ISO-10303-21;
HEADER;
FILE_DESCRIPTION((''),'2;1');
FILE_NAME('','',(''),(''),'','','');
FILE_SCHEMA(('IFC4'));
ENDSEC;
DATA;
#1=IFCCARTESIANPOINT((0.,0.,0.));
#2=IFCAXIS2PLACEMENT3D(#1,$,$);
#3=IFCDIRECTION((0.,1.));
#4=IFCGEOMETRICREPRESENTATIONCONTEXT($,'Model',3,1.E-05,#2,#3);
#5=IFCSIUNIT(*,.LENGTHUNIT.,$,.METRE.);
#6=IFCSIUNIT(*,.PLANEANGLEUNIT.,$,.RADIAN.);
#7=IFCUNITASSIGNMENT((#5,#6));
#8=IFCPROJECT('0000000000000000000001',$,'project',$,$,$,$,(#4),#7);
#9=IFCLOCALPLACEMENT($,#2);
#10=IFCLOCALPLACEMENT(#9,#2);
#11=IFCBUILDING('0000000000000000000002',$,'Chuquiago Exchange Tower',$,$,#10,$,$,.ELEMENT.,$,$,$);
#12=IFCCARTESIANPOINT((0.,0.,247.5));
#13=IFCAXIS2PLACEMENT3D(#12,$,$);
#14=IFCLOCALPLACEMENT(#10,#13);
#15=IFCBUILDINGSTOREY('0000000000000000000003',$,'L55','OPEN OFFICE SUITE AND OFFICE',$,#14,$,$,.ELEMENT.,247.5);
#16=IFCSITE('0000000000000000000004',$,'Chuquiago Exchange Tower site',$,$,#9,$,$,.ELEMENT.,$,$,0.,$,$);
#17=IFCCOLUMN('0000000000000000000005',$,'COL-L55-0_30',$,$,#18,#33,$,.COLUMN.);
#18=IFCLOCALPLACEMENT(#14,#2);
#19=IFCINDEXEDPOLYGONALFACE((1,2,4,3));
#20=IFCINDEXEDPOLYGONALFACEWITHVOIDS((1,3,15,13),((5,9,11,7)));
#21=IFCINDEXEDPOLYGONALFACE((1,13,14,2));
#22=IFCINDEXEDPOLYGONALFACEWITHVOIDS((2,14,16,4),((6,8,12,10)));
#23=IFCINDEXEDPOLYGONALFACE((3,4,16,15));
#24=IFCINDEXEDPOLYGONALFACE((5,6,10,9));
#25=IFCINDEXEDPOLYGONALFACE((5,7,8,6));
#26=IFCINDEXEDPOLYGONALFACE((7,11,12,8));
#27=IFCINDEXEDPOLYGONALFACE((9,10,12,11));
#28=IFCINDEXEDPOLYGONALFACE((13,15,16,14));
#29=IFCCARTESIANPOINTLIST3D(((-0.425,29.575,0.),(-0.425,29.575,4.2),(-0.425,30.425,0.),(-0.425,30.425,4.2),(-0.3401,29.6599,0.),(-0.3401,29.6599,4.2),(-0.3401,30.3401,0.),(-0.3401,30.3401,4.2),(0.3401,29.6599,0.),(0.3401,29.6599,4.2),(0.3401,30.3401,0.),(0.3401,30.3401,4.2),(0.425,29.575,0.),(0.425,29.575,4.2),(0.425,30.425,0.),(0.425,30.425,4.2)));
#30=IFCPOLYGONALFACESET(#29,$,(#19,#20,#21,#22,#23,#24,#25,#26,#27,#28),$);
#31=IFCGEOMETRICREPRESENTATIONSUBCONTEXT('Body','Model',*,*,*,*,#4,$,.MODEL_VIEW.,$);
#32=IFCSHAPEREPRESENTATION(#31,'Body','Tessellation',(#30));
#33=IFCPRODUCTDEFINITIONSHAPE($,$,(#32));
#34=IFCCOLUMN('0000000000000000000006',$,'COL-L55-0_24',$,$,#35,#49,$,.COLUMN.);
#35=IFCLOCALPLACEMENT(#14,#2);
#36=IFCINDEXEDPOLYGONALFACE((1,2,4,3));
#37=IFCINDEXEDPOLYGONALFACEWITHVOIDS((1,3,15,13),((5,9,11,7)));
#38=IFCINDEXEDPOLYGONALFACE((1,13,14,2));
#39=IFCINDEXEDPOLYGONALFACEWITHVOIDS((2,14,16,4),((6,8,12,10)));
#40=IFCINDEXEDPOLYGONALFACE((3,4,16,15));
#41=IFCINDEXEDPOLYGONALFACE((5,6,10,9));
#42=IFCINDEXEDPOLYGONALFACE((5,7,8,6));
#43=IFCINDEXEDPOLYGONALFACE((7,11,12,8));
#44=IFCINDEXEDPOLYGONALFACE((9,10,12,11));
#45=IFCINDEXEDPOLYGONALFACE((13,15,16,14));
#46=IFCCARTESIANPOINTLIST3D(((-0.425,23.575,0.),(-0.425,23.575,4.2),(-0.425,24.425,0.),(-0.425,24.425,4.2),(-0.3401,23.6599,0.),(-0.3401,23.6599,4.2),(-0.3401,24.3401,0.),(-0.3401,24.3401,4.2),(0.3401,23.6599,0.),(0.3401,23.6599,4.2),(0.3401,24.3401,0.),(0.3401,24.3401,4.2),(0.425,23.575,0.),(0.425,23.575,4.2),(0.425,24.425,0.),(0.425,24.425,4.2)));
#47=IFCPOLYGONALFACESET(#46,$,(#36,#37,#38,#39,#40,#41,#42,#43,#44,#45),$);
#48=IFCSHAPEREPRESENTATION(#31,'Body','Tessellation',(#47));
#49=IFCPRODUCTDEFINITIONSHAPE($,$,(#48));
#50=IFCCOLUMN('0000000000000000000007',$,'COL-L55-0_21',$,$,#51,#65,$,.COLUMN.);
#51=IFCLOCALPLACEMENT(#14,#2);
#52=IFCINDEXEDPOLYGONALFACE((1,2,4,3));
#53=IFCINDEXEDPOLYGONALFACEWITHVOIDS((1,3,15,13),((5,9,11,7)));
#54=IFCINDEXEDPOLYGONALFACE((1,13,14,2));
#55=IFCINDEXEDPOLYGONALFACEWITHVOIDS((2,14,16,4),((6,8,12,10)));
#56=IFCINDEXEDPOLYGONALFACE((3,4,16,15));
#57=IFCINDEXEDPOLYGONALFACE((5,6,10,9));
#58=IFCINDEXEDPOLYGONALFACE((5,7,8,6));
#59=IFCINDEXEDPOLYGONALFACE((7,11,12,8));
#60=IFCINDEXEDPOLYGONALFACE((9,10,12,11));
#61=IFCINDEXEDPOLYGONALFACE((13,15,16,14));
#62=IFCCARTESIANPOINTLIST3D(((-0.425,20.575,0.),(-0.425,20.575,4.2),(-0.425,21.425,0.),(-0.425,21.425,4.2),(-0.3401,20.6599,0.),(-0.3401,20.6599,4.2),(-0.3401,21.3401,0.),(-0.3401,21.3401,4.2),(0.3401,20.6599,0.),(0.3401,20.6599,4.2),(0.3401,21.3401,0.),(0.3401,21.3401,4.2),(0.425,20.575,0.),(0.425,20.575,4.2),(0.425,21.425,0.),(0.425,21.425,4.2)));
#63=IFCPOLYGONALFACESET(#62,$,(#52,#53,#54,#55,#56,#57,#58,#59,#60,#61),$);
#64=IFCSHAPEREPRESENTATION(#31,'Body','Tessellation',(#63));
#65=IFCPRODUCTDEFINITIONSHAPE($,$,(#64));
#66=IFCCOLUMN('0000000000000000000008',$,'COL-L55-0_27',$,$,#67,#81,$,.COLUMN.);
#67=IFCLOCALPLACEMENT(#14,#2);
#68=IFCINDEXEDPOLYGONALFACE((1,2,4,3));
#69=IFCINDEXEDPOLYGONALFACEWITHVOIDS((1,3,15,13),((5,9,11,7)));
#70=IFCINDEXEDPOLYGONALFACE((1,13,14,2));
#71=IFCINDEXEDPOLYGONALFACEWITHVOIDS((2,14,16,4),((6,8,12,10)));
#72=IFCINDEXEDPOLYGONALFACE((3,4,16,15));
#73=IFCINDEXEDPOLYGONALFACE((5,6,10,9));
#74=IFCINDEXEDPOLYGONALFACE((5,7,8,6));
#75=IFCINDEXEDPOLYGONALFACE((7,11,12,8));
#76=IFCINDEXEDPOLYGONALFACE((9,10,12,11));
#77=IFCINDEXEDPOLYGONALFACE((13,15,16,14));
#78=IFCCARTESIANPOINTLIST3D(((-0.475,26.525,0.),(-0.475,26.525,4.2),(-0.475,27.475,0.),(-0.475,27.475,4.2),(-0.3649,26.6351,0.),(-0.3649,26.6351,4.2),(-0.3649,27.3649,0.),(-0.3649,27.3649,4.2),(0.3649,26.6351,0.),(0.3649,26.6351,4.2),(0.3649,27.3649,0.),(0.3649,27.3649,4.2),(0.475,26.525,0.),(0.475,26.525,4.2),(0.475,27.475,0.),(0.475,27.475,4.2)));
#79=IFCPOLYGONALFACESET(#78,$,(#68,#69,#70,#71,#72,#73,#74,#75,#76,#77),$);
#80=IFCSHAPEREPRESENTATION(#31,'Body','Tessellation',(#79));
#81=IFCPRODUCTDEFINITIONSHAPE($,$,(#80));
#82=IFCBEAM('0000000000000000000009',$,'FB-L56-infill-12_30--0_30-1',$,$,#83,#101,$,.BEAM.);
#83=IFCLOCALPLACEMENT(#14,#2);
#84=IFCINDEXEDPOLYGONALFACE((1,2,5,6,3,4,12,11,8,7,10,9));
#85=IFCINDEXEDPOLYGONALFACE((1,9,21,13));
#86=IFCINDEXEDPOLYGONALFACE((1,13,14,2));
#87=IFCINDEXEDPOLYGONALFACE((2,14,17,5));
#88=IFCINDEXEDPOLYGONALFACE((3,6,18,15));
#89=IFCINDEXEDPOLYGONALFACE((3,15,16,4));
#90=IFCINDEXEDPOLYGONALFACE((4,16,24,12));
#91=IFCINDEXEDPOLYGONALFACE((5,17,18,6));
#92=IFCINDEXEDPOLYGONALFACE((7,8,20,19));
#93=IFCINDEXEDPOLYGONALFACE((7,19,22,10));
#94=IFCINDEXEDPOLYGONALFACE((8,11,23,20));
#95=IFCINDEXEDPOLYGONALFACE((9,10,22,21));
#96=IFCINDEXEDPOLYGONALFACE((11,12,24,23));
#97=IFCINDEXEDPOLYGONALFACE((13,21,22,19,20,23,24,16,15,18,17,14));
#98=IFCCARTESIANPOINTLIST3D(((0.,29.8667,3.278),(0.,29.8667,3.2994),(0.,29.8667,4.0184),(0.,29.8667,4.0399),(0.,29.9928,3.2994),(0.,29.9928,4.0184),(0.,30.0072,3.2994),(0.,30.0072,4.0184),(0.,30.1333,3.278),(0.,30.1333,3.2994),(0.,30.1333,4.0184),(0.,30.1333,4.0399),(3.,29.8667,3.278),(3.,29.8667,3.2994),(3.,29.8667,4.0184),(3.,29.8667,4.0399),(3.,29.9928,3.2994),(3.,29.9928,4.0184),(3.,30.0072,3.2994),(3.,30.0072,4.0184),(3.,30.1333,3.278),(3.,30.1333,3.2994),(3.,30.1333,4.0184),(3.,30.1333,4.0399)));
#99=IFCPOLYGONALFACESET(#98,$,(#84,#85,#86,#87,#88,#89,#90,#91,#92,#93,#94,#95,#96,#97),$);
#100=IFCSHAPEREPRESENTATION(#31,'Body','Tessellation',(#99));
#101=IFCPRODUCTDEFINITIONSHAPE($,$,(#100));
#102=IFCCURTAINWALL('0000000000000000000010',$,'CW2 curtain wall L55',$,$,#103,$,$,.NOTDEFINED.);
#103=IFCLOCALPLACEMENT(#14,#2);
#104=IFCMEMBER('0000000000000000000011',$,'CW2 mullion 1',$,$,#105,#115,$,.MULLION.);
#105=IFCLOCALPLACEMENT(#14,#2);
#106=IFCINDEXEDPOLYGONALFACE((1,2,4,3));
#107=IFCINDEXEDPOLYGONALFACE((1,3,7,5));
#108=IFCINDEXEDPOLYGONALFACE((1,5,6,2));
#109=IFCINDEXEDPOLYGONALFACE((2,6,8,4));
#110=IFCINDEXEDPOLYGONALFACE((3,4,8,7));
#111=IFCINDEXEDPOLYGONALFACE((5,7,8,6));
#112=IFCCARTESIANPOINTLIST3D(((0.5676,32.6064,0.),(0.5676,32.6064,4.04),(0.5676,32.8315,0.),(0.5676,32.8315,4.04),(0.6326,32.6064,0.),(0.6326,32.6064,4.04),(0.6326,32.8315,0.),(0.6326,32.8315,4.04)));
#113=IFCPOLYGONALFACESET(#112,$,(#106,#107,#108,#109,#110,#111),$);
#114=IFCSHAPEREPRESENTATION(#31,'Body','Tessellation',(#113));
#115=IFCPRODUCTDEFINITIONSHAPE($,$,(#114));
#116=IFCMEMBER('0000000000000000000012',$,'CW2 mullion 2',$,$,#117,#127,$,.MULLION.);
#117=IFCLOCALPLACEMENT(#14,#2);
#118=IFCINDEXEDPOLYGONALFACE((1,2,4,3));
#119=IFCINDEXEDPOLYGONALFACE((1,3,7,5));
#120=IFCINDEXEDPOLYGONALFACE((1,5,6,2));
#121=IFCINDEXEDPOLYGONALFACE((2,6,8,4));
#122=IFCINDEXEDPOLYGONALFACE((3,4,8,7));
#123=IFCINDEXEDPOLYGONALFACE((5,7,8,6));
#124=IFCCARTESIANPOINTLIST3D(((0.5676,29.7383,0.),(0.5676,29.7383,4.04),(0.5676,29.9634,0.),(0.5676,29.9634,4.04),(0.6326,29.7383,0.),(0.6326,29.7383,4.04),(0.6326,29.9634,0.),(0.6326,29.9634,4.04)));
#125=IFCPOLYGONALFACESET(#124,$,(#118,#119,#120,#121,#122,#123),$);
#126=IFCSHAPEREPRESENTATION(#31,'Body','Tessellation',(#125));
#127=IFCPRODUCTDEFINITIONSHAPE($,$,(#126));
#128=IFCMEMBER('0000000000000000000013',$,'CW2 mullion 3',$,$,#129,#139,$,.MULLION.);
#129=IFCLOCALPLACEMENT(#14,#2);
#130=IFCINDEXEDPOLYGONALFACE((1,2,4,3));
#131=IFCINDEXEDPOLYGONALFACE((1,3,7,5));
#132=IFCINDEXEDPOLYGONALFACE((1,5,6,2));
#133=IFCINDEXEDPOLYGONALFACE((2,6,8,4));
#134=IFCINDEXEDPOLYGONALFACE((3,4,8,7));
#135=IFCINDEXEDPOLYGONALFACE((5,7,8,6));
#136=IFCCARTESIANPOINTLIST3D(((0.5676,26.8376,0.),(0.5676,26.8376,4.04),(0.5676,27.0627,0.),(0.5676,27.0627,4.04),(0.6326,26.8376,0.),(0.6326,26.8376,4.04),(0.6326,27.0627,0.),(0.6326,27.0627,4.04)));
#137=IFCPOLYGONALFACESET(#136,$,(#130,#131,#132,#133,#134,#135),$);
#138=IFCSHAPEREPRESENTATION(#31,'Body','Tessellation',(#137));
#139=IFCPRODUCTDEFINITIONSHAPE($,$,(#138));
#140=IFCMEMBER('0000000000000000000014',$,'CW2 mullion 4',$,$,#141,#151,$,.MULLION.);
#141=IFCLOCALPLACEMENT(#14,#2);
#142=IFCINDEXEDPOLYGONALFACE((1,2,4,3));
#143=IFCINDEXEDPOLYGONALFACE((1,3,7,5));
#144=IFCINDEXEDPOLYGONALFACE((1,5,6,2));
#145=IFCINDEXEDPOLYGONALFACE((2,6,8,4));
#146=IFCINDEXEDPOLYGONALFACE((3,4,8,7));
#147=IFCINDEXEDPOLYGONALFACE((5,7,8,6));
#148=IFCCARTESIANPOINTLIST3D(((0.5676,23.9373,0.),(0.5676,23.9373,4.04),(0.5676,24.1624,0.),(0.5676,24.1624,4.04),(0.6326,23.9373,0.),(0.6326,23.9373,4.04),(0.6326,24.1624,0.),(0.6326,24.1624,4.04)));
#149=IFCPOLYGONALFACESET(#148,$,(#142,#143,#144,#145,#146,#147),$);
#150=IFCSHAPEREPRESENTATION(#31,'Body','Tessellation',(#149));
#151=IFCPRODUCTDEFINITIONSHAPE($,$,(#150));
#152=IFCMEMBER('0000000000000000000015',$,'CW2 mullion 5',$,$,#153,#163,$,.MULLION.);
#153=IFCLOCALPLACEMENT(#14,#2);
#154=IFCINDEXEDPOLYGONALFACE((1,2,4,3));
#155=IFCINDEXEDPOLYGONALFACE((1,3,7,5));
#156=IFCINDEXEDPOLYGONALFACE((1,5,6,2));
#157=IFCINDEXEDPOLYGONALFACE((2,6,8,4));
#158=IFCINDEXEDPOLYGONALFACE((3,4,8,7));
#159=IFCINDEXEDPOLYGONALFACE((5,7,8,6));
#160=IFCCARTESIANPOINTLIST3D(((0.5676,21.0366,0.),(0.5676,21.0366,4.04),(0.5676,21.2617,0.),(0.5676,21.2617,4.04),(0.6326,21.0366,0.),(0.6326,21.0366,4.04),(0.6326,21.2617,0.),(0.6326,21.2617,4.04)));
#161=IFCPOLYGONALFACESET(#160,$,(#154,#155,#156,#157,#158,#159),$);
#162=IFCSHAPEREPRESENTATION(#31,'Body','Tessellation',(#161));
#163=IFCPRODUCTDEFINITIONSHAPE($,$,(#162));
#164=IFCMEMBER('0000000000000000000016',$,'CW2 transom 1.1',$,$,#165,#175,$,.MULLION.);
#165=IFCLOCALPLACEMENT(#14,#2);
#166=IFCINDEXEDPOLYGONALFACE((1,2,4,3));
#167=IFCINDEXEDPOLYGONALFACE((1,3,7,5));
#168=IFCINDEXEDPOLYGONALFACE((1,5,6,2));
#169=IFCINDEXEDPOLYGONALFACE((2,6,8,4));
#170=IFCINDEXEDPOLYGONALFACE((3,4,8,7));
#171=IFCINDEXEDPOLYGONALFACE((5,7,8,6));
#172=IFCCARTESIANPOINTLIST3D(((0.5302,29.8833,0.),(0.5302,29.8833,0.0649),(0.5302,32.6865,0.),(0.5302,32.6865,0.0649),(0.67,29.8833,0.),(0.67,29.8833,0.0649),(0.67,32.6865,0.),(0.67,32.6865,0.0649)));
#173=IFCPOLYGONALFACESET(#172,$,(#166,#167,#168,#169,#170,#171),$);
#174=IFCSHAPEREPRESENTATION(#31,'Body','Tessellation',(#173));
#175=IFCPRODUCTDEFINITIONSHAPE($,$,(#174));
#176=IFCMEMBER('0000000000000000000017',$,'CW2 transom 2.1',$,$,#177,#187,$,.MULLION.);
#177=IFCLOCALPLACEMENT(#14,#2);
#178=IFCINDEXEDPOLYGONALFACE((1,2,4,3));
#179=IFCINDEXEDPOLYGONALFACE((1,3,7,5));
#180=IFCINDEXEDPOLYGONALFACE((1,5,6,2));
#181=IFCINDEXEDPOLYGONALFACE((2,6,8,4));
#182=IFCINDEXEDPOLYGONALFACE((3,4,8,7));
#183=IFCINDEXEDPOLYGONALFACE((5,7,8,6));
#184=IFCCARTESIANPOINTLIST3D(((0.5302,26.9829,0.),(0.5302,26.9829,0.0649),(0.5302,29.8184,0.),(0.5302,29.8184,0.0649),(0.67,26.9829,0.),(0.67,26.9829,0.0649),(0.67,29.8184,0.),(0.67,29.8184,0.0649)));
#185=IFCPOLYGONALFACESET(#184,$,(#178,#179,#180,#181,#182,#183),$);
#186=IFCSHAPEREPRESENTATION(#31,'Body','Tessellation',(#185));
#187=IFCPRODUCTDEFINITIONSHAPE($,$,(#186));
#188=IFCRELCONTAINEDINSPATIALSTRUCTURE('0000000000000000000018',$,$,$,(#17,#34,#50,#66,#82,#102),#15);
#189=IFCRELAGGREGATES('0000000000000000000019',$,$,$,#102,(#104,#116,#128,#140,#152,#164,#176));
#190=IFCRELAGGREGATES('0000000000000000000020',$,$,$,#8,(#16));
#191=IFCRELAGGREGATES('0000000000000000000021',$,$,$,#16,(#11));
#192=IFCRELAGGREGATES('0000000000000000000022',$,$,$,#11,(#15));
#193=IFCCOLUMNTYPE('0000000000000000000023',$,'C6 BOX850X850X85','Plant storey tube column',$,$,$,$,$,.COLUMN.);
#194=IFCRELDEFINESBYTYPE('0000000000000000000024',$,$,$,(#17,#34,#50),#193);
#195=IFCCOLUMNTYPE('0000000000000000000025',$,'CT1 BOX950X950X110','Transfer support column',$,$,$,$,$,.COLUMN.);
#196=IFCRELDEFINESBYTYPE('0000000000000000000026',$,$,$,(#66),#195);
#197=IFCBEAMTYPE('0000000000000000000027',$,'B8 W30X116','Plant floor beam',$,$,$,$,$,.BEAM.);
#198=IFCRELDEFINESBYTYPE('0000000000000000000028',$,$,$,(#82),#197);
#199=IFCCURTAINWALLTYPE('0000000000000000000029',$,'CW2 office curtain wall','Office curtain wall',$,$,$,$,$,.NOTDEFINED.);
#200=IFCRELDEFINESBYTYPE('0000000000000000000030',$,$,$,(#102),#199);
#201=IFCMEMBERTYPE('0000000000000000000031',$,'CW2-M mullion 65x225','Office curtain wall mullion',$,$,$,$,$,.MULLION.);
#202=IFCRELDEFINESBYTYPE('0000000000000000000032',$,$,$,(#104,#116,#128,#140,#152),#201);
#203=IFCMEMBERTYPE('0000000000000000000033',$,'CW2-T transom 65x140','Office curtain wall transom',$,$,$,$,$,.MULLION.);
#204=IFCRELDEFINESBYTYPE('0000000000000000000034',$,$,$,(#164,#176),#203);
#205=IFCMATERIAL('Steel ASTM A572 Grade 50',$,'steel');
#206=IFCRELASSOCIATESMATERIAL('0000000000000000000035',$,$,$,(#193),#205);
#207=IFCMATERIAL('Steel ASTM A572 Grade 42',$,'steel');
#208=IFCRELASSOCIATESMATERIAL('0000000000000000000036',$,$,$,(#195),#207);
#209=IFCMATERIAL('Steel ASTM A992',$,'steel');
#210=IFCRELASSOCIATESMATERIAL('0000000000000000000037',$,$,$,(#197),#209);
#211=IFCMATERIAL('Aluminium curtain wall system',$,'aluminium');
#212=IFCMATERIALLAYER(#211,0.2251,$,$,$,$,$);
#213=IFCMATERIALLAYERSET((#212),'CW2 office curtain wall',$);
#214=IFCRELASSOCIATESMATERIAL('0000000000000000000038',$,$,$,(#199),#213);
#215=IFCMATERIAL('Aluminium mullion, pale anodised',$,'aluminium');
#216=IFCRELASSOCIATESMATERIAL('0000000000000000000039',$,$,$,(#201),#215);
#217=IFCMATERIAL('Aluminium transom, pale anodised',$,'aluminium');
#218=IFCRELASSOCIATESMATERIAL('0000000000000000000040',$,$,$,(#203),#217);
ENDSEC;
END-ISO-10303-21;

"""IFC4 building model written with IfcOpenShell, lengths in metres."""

from ifc_helpers import new_model, si_unit, direction, frame, origin, origin_2d, place, context, subcontext, project, spatial, rectangle, hollow_rectangle, i_section, extrude, material, layer, layer_set, material_profile, profile_set, type_object, element, aggregate, save


model = new_model("IFC4")

# Units and contexts
model_context = context("Model", 3, precision=1e-05, world=origin(), true_north=direction((0.0, 1.0)))
body_context = subcontext(model_context, "Body", "Model", "MODEL_VIEW")
ifc_project = project(units=[si_unit("LENGTHUNIT", "METRE"), si_unit("PLANEANGLEUNIT", "RADIAN")], contexts=[model_context])

# Site, building, storey
site_placement = place(None, origin())
site = spatial("IfcSite", under=ifc_project, at=site_placement, Name="Chuquiago Exchange Tower site", CompositionType="ELEMENT", RefElevation=0.0)
building_placement = place(site_placement, origin())
building = spatial("IfcBuilding", under=site, at=building_placement, Name="Chuquiago Exchange Tower", CompositionType="ELEMENT")
storey_placement = place(building_placement, frame((0.0, 0.0, 247.5)))
storey = spatial("IfcBuildingStorey", under=building, at=storey_placement, Name="L55", Description="OPEN OFFICE SUITE AND OFFICE", CompositionType="ELEMENT", Elevation=247.5)

# Columns
ifc_material_1 = material(Name="Steel ASTM A572 Grade 50", Category="steel")
ifc_material_profile_1 = material_profile(ifc_material_1, hollow_rectangle(XDim=0.8501, YDim=0.8501, WallThickness=0.085, at=origin_2d()), Name="BOX850X850X85")
ifc_profile_set_1 = profile_set([ifc_material_profile_1], Name="Steel ASTM A572 Grade 50")
column_type_1 = type_object("IfcColumnType", Name="C6 BOX850X850X85", Description="Plant storey tube column", PredefinedType="COLUMN", material=ifc_profile_set_1)
for number, where, z_axis, x_axis, name in (
    (1, (0.0, 30.0, 0.0), (0.0, 0.0, 1.0), (-1.0, 0.0, 0.0), "COL-L55-0_30"),
    (2, (0.0, 24.0, 0.0), (0.0, 0.0, 1.0), (-1.0, 0.0, 0.0), "COL-L55-0_24"),
    (3, (0.0, 21.0, 0.0), (0.0, 0.0, 1.0), (-1.0, 0.0, 0.0), "COL-L55-0_21"),
):
    element("IfcColumn", number, at=place(storey_placement, frame(where, z_axis=z_axis, x_axis=x_axis)), inside=storey, type_object=column_type_1, Name=name, PredefinedType="COLUMN", context=body_context, shape_type="SweptSolid", body=[
        extrude(hollow_rectangle(XDim=0.8501, YDim=0.8501, WallThickness=0.085, at=origin_2d()), origin(), (0.0, 0.0, 1.0), 4.2),
    ])
ifc_material_2 = material(Name="Steel ASTM A572 Grade 42", Category="steel")
ifc_material_profile_2 = material_profile(ifc_material_2, hollow_rectangle(XDim=0.95, YDim=0.95, WallThickness=0.1101, at=origin_2d()), Name="BOX950X950X110")
ifc_profile_set_2 = profile_set([ifc_material_profile_2], Name="Steel ASTM A572 Grade 42")
column_type_2 = type_object("IfcColumnType", Name="CT1 BOX950X950X110", Description="Transfer support column", PredefinedType="COLUMN", material=ifc_profile_set_2)
column_placement = place(storey_placement, frame((0.0, 27.0, 0.0), z_axis=(0.0, 0.0, 1.0), x_axis=(-1.0, 0.0, 0.0)))
element("IfcColumn", 4, at=column_placement, inside=storey, type_object=column_type_2, Name="COL-L55-0_27", PredefinedType="COLUMN", context=body_context, shape_type="SweptSolid", body=[
    extrude(hollow_rectangle(XDim=0.95, YDim=0.95, WallThickness=0.1101, at=origin_2d()), origin(), (0.0, 0.0, 1.0), 4.2),
])

# Beam
ifc_material_3 = material(Name="Steel ASTM A992", Category="steel")
ifc_material_profile_3 = material_profile(ifc_material_3, i_section(OverallWidth=0.2666, OverallDepth=0.762, WebThickness=0.0144, FlangeThickness=0.0215, at=origin_2d()), Name="W30X116")
ifc_profile_set_3 = profile_set([ifc_material_profile_3], Name="Steel ASTM A992")
beam_type_1 = type_object("IfcBeamType", Name="B8 W30X116", Description="Plant floor beam", PredefinedType="BEAM", material=ifc_profile_set_3)
beam_placement = place(storey_placement, frame((3.0, 30.0, 3.6589), z_axis=(-1.0, 0.0, 0.0), x_axis=(0.0, -1.0, 0.0)))
element("IfcBeam", 5, at=beam_placement, inside=storey, type_object=beam_type_1, Name="FB-L56-infill-12_30--0_30-1", PredefinedType="BEAM", context=body_context, shape_type="SweptSolid", body=[
    extrude(i_section(OverallWidth=0.2666, OverallDepth=0.762, WebThickness=0.0144, FlangeThickness=0.0215, at=origin_2d()), origin(), (0.0, 0.0, 1.0), 3.0),
])

# Curtain wall, members
ifc_material_4 = material(Name="Aluminium curtain wall system", Category="aluminium")
ifc_layer_1 = layer(ifc_material_4, 0.2251)
ifc_layer_set_1 = layer_set([ifc_layer_1], Name="CW2 office curtain wall")
curtain_wall_type = type_object("IfcCurtainWallType", Name="CW2 office curtain wall", Description="Office curtain wall", PredefinedType="NOTDEFINED", material=ifc_layer_set_1)
curtain_wall_placement = place(storey_placement, origin())
curtain_wall = element("IfcCurtainWall", 6, at=curtain_wall_placement, inside=storey, type_object=curtain_wall_type, Name="CW2 curtain wall L55", PredefinedType="NOTDEFINED")
ifc_material_5 = material(Name="Aluminium mullion, pale anodised", Category="aluminium")
ifc_material_profile_4 = material_profile(ifc_material_5, rectangle(XDim=0.0649, YDim=0.2251, at=origin_2d()), Name="AL 65x225")
ifc_profile_set_4 = profile_set([ifc_material_profile_4], Name="Aluminium mullion, pale anodised")
member_type_1 = type_object("IfcMemberType", Name="CW2-M mullion 65x225", Description="Office curtain wall mullion", PredefinedType="MULLION", material=ifc_profile_set_4)
member_1_placement = place(storey_placement, frame((0.6001, 32.719, 0.0), z_axis=(0.0, 0.0, 1.0), x_axis=(1.0, 0.0, 0.0)))
member_1 = element("IfcMember", 7, at=member_1_placement, type_object=member_type_1, Name="CW2 mullion 1", PredefinedType="MULLION", context=body_context, shape_type="SweptSolid", body=[
    extrude(rectangle(XDim=0.0649, YDim=0.2251, at=origin_2d()), origin(), (0.0, 0.0, 1.0), 4.04),
])
member_2_placement = place(storey_placement, frame((0.6001, 29.8508, 0.0), z_axis=(0.0, 0.0, 1.0), x_axis=(1.0, 0.0, 0.0)))
member_2 = element("IfcMember", 8, at=member_2_placement, type_object=member_type_1, Name="CW2 mullion 2", PredefinedType="MULLION", context=body_context, shape_type="SweptSolid", body=[
    extrude(rectangle(XDim=0.0649, YDim=0.2251, at=origin_2d()), origin(), (0.0, 0.0, 1.0), 4.04),
])
member_3_placement = place(storey_placement, frame((0.6001, 26.9502, 0.0), z_axis=(0.0, 0.0, 1.0), x_axis=(1.0, 0.0, 0.0)))
member_3 = element("IfcMember", 9, at=member_3_placement, type_object=member_type_1, Name="CW2 mullion 3", PredefinedType="MULLION", context=body_context, shape_type="SweptSolid", body=[
    extrude(rectangle(XDim=0.0649, YDim=0.2251, at=origin_2d()), origin(), (0.0, 0.0, 1.0), 4.04),
])
member_4_placement = place(storey_placement, frame((0.6001, 24.0498, 0.0), z_axis=(0.0, 0.0, 1.0), x_axis=(1.0, 0.0, 0.0)))
member_4 = element("IfcMember", 10, at=member_4_placement, type_object=member_type_1, Name="CW2 mullion 4", PredefinedType="MULLION", context=body_context, shape_type="SweptSolid", body=[
    extrude(rectangle(XDim=0.0649, YDim=0.2251, at=origin_2d()), origin(), (0.0, 0.0, 1.0), 4.04),
])
member_5_placement = place(storey_placement, frame((0.6001, 21.1492, 0.0), z_axis=(0.0, 0.0, 1.0), x_axis=(1.0, 0.0, 0.0)))
member_5 = element("IfcMember", 11, at=member_5_placement, type_object=member_type_1, Name="CW2 mullion 5", PredefinedType="MULLION", context=body_context, shape_type="SweptSolid", body=[
    extrude(rectangle(XDim=0.0649, YDim=0.2251, at=origin_2d()), origin(), (0.0, 0.0, 1.0), 4.04),
])
ifc_material_6 = material(Name="Aluminium transom, pale anodised", Category="aluminium")
ifc_material_profile_5 = material_profile(ifc_material_6, rectangle(XDim=0.1399, YDim=0.0649, at=origin_2d()), Name="AL 140x65")
ifc_profile_set_5 = profile_set([ifc_material_profile_5], Name="Aluminium transom, pale anodised")
member_type_2 = type_object("IfcMemberType", Name="CW2-T transom 65x140", Description="Office curtain wall transom", PredefinedType="MULLION", material=ifc_profile_set_5)
member_6_placement = place(storey_placement, frame((0.6001, 32.6865, 0.0325), z_axis=(0.0, -1.0, 0.0), x_axis=(1.0, 0.0, 0.0)))
member_6 = element("IfcMember", 12, at=member_6_placement, type_object=member_type_2, Name="CW2 transom 1.1", PredefinedType="MULLION", context=body_context, shape_type="SweptSolid", body=[
    extrude(rectangle(XDim=0.1399, YDim=0.0649, at=origin_2d()), origin(), (0.0, 0.0, 1.0), 2.8032),
])
member_7_placement = place(storey_placement, frame((0.6001, 29.8184, 0.0325), z_axis=(0.0, -1.0, 0.0), x_axis=(1.0, 0.0, 0.0)))
member_7 = element("IfcMember", 13, at=member_7_placement, type_object=member_type_2, Name="CW2 transom 2.1", PredefinedType="MULLION", context=body_context, shape_type="SweptSolid", body=[
    extrude(rectangle(XDim=0.1399, YDim=0.0649, at=origin_2d()), origin(), (0.0, 0.0, 1.0), 2.8354),
])

aggregate(curtain_wall, [member_1, member_2, member_3, member_4, member_5, member_6, member_7])

save(model, "model.ifc")
